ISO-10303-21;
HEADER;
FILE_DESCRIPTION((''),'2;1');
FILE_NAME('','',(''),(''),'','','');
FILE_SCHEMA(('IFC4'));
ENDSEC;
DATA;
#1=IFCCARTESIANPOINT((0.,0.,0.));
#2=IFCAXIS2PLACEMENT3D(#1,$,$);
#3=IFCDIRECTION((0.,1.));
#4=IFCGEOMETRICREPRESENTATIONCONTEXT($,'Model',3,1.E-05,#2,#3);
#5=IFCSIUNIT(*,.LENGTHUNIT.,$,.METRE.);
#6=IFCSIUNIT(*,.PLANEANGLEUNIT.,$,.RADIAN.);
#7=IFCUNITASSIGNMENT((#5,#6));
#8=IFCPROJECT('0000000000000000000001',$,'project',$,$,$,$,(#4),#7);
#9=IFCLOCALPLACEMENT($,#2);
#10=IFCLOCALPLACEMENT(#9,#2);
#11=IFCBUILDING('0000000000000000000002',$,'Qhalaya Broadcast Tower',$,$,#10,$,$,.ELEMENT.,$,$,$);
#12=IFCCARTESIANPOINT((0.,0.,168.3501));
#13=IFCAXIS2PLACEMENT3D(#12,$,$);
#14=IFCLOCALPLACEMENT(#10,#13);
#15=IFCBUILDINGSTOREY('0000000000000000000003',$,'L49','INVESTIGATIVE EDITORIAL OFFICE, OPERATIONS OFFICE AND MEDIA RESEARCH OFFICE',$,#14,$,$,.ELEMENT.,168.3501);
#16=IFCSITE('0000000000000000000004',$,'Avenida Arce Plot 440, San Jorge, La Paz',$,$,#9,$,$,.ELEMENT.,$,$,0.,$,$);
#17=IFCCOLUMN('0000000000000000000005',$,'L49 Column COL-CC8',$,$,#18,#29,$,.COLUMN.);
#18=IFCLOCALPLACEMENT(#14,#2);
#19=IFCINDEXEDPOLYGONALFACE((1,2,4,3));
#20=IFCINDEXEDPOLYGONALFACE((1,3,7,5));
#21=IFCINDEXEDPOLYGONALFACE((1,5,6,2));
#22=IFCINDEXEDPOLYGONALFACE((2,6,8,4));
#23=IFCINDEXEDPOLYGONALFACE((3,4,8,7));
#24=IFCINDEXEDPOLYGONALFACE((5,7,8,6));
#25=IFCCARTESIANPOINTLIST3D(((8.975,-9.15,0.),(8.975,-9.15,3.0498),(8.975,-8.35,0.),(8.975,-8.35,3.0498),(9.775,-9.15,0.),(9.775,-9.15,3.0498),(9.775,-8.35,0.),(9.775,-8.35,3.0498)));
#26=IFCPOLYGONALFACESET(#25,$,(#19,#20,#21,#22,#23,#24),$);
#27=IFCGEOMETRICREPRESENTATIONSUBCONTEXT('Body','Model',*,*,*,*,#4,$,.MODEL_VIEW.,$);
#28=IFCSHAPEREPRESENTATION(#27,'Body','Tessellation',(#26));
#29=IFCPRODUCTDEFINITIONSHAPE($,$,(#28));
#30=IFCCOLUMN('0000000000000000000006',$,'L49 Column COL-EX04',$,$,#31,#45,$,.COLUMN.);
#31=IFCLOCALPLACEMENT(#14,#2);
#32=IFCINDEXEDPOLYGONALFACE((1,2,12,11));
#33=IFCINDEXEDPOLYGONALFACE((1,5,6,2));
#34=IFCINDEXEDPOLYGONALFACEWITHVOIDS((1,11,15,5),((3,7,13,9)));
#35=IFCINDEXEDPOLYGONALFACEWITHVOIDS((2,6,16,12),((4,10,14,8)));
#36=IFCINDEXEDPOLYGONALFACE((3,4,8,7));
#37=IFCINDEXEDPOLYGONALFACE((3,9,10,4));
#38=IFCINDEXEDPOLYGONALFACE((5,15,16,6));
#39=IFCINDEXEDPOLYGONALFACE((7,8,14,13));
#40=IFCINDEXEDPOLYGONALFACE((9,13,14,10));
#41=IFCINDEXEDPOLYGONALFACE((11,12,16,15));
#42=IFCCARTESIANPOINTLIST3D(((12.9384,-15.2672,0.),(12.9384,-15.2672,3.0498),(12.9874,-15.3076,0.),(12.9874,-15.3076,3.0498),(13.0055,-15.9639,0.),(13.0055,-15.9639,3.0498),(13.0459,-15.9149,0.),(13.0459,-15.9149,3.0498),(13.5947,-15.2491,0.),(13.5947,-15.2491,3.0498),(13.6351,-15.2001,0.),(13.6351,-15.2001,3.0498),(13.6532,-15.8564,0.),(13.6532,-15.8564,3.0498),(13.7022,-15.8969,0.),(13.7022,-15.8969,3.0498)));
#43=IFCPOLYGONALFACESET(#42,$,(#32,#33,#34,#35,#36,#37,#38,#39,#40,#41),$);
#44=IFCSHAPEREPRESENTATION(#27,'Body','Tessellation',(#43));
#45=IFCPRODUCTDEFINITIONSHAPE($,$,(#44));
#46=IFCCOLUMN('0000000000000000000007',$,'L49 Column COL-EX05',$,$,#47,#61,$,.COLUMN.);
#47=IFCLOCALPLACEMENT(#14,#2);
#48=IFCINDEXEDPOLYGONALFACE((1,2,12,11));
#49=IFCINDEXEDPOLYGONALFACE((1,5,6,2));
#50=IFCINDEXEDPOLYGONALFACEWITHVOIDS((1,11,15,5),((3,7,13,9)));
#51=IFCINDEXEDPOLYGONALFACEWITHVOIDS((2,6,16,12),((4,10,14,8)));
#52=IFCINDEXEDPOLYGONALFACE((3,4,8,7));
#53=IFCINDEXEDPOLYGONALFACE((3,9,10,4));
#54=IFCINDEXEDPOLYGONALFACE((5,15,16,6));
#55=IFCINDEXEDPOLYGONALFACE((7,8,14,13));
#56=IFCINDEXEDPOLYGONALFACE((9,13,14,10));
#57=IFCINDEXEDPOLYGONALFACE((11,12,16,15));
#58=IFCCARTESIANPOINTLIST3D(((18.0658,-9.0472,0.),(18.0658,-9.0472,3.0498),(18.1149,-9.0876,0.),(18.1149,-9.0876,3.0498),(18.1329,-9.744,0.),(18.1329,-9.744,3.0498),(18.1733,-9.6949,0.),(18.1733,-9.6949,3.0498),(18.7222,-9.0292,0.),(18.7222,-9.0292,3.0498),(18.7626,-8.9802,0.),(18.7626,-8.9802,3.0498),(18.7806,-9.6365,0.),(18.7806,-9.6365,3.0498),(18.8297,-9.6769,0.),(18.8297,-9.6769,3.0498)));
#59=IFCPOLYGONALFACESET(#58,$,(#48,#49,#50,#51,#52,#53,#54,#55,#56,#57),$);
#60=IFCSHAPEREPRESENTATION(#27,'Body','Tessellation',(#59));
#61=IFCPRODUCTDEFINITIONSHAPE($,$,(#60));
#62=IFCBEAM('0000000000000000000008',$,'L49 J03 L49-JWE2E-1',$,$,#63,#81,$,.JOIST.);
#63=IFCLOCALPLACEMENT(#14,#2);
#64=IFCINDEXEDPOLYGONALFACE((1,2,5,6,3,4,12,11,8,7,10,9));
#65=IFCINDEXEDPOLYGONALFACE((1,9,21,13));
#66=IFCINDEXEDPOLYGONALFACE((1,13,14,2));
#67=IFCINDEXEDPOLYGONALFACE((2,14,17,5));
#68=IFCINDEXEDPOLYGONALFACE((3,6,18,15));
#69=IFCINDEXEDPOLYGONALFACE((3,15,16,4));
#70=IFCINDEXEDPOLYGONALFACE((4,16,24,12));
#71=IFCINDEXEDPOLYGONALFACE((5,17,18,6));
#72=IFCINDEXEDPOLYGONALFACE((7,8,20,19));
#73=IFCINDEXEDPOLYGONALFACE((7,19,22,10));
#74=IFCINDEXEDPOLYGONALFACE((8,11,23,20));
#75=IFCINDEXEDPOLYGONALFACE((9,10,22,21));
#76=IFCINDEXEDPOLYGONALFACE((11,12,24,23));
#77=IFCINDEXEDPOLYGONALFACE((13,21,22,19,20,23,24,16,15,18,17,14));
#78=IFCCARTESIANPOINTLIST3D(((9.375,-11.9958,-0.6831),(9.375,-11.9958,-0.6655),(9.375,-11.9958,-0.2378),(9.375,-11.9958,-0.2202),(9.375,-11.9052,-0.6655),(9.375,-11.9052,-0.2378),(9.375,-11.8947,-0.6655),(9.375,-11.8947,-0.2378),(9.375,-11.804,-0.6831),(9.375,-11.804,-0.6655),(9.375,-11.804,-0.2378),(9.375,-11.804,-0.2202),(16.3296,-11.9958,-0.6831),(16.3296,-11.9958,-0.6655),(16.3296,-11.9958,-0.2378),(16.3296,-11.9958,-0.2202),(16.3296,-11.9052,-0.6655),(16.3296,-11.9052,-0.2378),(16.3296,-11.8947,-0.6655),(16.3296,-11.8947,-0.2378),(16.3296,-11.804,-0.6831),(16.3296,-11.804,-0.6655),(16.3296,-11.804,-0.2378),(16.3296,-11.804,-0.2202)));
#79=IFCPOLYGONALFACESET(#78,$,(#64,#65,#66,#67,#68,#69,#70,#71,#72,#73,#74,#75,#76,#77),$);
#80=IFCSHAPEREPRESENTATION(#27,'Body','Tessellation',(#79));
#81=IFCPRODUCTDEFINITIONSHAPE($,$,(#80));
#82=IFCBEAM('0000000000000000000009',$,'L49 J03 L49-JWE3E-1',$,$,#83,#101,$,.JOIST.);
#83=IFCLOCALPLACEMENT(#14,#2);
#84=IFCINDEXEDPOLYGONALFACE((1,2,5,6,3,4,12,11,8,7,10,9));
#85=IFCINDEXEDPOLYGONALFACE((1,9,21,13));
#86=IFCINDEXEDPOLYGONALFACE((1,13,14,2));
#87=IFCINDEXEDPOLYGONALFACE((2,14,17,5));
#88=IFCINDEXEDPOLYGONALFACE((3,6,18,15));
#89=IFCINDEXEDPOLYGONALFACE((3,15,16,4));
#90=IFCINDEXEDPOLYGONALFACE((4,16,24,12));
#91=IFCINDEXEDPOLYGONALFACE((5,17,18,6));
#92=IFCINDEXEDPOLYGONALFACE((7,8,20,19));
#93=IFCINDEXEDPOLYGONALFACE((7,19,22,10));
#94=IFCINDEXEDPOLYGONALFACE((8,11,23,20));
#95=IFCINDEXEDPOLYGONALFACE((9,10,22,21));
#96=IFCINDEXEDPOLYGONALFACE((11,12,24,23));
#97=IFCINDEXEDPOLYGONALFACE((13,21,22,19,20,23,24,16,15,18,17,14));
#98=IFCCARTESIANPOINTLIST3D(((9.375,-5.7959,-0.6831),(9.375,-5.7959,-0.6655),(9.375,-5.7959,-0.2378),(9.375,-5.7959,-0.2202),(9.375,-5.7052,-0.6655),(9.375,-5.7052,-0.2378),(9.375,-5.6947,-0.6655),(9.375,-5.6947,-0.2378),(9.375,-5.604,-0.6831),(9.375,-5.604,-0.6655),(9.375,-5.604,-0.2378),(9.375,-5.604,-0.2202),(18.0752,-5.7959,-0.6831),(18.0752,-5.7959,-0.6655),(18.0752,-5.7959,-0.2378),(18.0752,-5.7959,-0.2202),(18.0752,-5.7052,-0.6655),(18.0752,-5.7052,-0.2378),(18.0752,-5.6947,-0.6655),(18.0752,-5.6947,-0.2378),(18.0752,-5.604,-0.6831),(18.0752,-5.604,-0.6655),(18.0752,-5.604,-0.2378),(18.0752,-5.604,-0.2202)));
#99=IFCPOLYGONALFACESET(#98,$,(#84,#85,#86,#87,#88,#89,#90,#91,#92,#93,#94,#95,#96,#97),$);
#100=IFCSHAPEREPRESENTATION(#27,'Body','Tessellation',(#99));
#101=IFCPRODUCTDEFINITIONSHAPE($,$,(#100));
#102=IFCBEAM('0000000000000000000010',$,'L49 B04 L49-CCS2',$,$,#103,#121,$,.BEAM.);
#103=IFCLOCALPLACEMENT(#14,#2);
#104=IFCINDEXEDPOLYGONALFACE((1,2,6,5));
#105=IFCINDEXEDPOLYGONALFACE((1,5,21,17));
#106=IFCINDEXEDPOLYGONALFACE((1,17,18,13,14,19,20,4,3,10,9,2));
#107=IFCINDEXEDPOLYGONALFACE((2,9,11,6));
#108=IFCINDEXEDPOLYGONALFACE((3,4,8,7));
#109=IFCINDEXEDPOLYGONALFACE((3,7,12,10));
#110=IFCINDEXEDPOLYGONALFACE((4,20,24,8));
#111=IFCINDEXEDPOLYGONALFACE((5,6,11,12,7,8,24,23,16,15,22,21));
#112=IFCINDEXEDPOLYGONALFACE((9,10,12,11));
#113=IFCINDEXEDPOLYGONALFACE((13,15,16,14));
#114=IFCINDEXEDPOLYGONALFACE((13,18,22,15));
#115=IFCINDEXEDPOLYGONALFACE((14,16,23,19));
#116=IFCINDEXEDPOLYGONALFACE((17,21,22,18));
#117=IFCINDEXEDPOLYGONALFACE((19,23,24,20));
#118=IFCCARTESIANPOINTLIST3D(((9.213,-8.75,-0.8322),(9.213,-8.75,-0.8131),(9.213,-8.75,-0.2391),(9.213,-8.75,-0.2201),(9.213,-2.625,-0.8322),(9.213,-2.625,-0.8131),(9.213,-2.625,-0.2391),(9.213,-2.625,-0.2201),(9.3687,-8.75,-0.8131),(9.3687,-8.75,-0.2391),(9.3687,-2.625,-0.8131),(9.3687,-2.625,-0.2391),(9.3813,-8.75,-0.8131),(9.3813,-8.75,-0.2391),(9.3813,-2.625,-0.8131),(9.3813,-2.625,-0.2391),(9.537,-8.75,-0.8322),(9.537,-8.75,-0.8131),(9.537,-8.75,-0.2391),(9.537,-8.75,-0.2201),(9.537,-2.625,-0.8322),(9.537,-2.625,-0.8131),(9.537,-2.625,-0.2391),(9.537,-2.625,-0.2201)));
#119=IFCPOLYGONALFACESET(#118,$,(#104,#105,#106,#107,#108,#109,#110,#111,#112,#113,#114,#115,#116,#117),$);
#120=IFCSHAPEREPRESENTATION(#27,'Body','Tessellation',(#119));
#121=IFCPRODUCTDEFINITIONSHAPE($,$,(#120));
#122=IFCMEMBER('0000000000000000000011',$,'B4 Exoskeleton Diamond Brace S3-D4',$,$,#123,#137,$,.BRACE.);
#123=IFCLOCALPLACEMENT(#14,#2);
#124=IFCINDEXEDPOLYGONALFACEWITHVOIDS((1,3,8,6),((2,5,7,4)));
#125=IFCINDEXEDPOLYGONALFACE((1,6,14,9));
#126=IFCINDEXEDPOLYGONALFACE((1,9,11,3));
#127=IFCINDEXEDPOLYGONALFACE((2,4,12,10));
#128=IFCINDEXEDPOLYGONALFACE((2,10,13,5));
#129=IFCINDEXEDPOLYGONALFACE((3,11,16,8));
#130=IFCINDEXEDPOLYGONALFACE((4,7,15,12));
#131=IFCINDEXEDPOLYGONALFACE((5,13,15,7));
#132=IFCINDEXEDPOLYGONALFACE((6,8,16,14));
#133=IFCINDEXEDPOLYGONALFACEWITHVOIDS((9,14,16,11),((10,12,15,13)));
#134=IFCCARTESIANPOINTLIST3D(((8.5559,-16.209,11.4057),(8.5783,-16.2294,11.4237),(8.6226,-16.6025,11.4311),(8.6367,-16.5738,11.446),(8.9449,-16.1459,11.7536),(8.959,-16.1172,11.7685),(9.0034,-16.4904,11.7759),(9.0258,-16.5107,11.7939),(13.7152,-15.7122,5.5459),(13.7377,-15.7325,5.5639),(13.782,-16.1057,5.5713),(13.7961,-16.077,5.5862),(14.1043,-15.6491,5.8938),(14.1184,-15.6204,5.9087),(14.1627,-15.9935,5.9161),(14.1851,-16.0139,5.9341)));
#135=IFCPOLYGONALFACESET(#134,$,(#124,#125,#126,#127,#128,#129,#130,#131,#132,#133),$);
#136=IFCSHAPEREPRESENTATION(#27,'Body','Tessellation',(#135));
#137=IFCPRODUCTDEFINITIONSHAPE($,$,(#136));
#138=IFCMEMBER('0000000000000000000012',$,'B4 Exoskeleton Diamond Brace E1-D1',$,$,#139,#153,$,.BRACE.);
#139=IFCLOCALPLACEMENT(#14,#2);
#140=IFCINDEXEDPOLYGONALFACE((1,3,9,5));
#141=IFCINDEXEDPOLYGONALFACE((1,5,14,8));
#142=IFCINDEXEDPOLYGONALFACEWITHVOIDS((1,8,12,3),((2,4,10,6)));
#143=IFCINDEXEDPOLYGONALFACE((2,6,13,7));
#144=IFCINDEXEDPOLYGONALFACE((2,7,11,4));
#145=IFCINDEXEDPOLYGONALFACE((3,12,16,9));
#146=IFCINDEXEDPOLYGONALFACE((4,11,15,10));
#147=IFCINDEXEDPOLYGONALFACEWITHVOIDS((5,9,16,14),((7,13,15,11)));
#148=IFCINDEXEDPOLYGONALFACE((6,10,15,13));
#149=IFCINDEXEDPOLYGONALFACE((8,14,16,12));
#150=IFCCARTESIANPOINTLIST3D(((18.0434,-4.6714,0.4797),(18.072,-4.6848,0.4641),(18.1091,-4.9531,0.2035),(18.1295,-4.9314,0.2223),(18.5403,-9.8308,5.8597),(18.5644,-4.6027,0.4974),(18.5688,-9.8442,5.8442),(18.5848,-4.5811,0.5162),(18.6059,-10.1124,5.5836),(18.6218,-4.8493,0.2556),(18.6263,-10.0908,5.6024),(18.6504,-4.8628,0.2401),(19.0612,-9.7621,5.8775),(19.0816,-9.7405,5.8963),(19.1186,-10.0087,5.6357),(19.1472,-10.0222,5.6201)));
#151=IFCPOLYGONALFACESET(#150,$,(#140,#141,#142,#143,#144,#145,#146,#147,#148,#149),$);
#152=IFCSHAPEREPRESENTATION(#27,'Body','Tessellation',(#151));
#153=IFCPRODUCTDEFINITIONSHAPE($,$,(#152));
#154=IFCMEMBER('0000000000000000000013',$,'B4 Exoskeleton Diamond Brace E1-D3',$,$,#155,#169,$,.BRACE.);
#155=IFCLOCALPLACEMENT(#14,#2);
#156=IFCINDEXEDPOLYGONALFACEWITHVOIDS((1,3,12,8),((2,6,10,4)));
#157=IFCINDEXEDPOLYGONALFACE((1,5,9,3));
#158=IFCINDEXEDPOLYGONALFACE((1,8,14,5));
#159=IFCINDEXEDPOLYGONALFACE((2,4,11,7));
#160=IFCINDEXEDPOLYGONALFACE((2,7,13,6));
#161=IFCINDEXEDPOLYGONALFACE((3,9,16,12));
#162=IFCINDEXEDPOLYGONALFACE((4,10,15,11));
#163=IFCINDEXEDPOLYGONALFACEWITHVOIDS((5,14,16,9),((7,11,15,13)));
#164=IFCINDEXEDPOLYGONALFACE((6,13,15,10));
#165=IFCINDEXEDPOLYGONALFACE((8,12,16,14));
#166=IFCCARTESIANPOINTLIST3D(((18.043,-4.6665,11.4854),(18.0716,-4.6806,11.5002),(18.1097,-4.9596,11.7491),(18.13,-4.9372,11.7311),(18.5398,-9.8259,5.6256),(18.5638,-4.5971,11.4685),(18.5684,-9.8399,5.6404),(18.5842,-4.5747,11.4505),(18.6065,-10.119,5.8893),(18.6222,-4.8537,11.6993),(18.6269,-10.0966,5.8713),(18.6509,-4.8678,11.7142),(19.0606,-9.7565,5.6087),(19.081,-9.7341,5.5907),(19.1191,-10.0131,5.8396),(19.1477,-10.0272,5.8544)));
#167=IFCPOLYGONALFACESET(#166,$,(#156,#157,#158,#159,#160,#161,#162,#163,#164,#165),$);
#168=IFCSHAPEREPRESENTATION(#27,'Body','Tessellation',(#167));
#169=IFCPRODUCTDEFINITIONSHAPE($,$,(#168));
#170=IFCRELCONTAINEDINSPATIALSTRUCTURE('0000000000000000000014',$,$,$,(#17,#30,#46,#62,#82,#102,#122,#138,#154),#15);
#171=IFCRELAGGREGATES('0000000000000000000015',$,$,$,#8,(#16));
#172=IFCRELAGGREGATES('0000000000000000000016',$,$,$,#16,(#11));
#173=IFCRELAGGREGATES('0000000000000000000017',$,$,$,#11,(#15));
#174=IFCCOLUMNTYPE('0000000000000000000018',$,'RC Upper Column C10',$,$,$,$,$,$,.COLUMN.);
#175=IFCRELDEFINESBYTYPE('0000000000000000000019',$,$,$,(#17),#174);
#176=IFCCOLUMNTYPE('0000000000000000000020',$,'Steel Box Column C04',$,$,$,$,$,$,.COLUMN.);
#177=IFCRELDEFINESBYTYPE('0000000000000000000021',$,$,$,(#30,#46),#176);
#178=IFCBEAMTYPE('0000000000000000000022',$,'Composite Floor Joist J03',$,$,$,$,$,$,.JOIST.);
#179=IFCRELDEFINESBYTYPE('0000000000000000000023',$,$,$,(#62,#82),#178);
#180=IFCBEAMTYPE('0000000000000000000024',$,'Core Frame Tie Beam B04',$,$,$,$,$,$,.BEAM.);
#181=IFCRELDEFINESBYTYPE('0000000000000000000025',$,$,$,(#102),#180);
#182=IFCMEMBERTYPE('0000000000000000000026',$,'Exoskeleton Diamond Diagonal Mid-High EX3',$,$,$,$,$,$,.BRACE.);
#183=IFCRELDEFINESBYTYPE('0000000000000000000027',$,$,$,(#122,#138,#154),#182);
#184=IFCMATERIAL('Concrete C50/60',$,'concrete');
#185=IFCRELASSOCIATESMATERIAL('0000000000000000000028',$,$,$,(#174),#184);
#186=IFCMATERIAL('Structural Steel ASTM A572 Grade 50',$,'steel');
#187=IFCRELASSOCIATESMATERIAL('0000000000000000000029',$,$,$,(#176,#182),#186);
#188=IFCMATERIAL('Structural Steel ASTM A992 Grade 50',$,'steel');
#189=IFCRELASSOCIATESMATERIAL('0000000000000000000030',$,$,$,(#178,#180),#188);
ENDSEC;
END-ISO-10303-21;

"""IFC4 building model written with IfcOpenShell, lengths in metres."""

from ifc_helpers import new_model, si_unit, direction, frame, origin, origin_2d, place, context, subcontext, project, spatial, rectangle, hollow_rectangle, i_section, extrude, material, material_profile, profile_set, type_object, element, save


model = new_model("IFC4")

# Units and contexts
model_context = context("Model", 3, precision=1e-05, world=origin(), true_north=direction((0.0, 1.0)))
body_context = subcontext(model_context, "Body", "Model", "MODEL_VIEW")
ifc_project = project(units=[si_unit("LENGTHUNIT", "METRE"), si_unit("PLANEANGLEUNIT", "RADIAN")], contexts=[model_context])

# Site, building, storey
site_placement = place(None, origin())
site = spatial("IfcSite", under=ifc_project, at=site_placement, Name="Avenida Arce Plot 440, San Jorge, La Paz", CompositionType="ELEMENT", RefElevation=0.0)
building_placement = place(site_placement, origin())
building = spatial("IfcBuilding", under=site, at=building_placement, Name="Qhalaya Broadcast Tower", CompositionType="ELEMENT")
storey_placement = place(building_placement, frame((0.0, 0.0, 168.3501)))
storey = spatial("IfcBuildingStorey", under=building, at=storey_placement, Name="L49", Description="INVESTIGATIVE EDITORIAL OFFICE, OPERATIONS OFFICE AND MEDIA RESEARCH OFFICE", CompositionType="ELEMENT", Elevation=168.3501)

# Columns
ifc_material_1 = material(Name="Concrete C50/60", Category="concrete")
ifc_material_profile_1 = material_profile(ifc_material_1, rectangle(XDim=0.8, YDim=0.8, at=origin_2d()), Name="RC-COL 800x800")
ifc_profile_set_1 = profile_set([ifc_material_profile_1], Name="Concrete C50/60")
column_type_1 = type_object("IfcColumnType", Name="RC Upper Column C10", PredefinedType="COLUMN", material=ifc_profile_set_1)
column_placement = place(storey_placement, frame((9.375, -8.75, 0.0), z_axis=(0.0, 0.0, 1.0), x_axis=(1.0, 0.0, 0.0)))
element("IfcColumn", 1, at=column_placement, inside=storey, type_object=column_type_1, Name="L49 Column COL-CC8", PredefinedType="COLUMN", context=body_context, shape_type="SweptSolid", body=[
    extrude(rectangle(XDim=0.8, YDim=0.8, at=origin_2d()), origin(), (0.0, 0.0, 1.0), 3.0498),
])
ifc_material_2 = material(Name="Structural Steel ASTM A572 Grade 50", Category="steel")
ifc_material_profile_2 = material_profile(ifc_material_2, hollow_rectangle(XDim=0.7, YDim=0.7, WallThickness=0.0449, at=origin_2d()), Name="BOX 700x700x45")
ifc_profile_set_2 = profile_set([ifc_material_profile_2], Name="Structural Steel ASTM A572 Grade 50")
column_type_2 = type_object("IfcColumnType", Name="Steel Box Column C04", PredefinedType="COLUMN", material=ifc_profile_set_2)
for number, where, z_axis, x_axis, name in (
    (2, (13.3203, -15.582, 0.0), (0.0, 0.0, 1.0), (0.995396, 0.095846, 0.0), "L49 Column COL-EX04"),
    (3, (18.4478, -9.3621, 0.0), (0.0, 0.0, 1.0), (-0.095846, 0.995396, 0.0), "L49 Column COL-EX05"),
):
    element("IfcColumn", number, at=place(storey_placement, frame(where, z_axis=z_axis, x_axis=x_axis)), inside=storey, type_object=column_type_2, Name=name, PredefinedType="COLUMN", context=body_context, shape_type="SweptSolid", body=[
        extrude(hollow_rectangle(XDim=0.7, YDim=0.7, WallThickness=0.0449, at=origin_2d()), origin(), (0.0, 0.0, 1.0), 3.0498),
    ])

# Beams
ifc_material_3 = material(Name="Structural Steel ASTM A992 Grade 50", Category="steel")
ifc_material_profile_3 = material_profile(ifc_material_3, i_section(OverallWidth=0.1919, OverallDepth=0.4629, WebThickness=0.0105, FlangeThickness=0.0176, at=origin_2d()), Name="W18X60")
ifc_profile_set_3 = profile_set([ifc_material_profile_3], Name="Structural Steel ASTM A992 Grade 50")
beam_type_1 = type_object("IfcBeamType", Name="Composite Floor Joist J03", PredefinedType="JOIST", material=ifc_profile_set_3)
beam_1_placement = place(storey_placement, frame((9.375, -11.8999, -0.4517), z_axis=(1.0, 0.0, 0.0), x_axis=(0.0, 1.0, 0.0)))
element("IfcBeam", 4, at=beam_1_placement, inside=storey, type_object=beam_type_1, Name="L49 J03 L49-JWE2E-1", PredefinedType="JOIST", context=body_context, shape_type="SweptSolid", body=[
    extrude(i_section(OverallWidth=0.1919, OverallDepth=0.4629, WebThickness=0.0105, FlangeThickness=0.0176, at=origin_2d()), origin(), (0.0, 0.0, 1.0), 6.9546),
])
beam_2_placement = place(storey_placement, frame((9.375, -5.7, -0.4517), z_axis=(1.0, 0.0, 0.0), x_axis=(0.0, 1.0, 0.0)))
element("IfcBeam", 5, at=beam_2_placement, inside=storey, type_object=beam_type_1, Name="L49 J03 L49-JWE3E-1", PredefinedType="JOIST", context=body_context, shape_type="SweptSolid", body=[
    extrude(i_section(OverallWidth=0.1919, OverallDepth=0.4629, WebThickness=0.0105, FlangeThickness=0.0176, at=origin_2d()), origin(), (0.0, 0.0, 1.0), 8.7002),
])
ifc_material_profile_4 = material_profile(ifc_material_3, i_section(OverallWidth=0.324, OverallDepth=0.6121, WebThickness=0.0127, FlangeThickness=0.019, at=origin_2d()), Name="W24X104")
ifc_profile_set_4 = profile_set([ifc_material_profile_4], Name="Structural Steel ASTM A992 Grade 50")
beam_type_2 = type_object("IfcBeamType", Name="Core Frame Tie Beam B04", PredefinedType="BEAM", material=ifc_profile_set_4)
beam_3_placement = place(storey_placement, frame((9.375, -8.75, -0.5261), z_axis=(0.0, 1.0, 0.0), x_axis=(-1.0, 0.0, 0.0)))
element("IfcBeam", 6, at=beam_3_placement, inside=storey, type_object=beam_type_2, Name="L49 B04 L49-CCS2", PredefinedType="BEAM", context=body_context, shape_type="SweptSolid", body=[
    extrude(i_section(OverallWidth=0.324, OverallDepth=0.6121, WebThickness=0.0127, FlangeThickness=0.019, at=origin_2d()), origin(), (0.0, 0.0, 1.0), 6.125),
])

# Members
ifc_material_profile_5 = material_profile(ifc_material_2, hollow_rectangle(XDim=0.3999, YDim=0.55, WallThickness=0.0249, at=origin_2d()), Name="BOX 400x550x25")
ifc_profile_set_5 = profile_set([ifc_material_profile_5], Name="Structural Steel ASTM A572 Grade 50")
member_type_1 = type_object("IfcMemberType", Name="Exoskeleton Diamond Diagonal Mid-High EX3", PredefinedType="BRACE", material=ifc_profile_set_5)
member_1_placement = place(storey_placement, frame((13.9502, -15.863, 5.74), z_axis=(-0.659492, -0.063506, 0.749024), x_axis=(0.16687, -0.983932, 0.063502)))
element("IfcMember", 7, at=member_1_placement, inside=storey, type_object=member_type_1, Name="B4 Exoskeleton Diamond Brace S3-D4", PredefinedType="BRACE", context=body_context, shape_type="SweptSolid", body=[
    extrude(hollow_rectangle(XDim=0.3999, YDim=0.55, WallThickness=0.0249, at=origin_2d()), origin(), (0.0, 0.0, 1.0), 7.8232),
])
member_2_placement = place(storey_placement, frame((18.3469, -4.7671, 0.3599), z_axis=(0.066503, -0.690616, 0.720158), x_axis=(-0.164115, 0.704355, 0.690616)))
element("IfcMember", 8, at=member_2_placement, inside=storey, type_object=member_type_1, Name="B4 Exoskeleton Diamond Brace E1-D1", PredefinedType="BRACE", context=body_context, shape_type="SweptSolid", body=[
    extrude(hollow_rectangle(XDim=0.3999, YDim=0.55, WallThickness=0.0249, at=origin_2d()), origin(), (0.0, 0.0, 1.0), 7.4707),
])
member_3_placement = place(storey_placement, frame((18.8438, -9.9265, 5.74), z_axis=(-0.063506, 0.659492, 0.749024), x_axis=(0.166869, -0.732956, 0.659492)))
element("IfcMember", 9, at=member_3_placement, inside=storey, type_object=member_type_1, Name="B4 Exoskeleton Diamond Brace E1-D3", PredefinedType="BRACE", context=body_context, shape_type="SweptSolid", body=[
    extrude(hollow_rectangle(XDim=0.3999, YDim=0.55, WallThickness=0.0249, at=origin_2d()), origin(), (0.0, 0.0, 1.0), 7.8232),
])

save(model, "model.ifc")
